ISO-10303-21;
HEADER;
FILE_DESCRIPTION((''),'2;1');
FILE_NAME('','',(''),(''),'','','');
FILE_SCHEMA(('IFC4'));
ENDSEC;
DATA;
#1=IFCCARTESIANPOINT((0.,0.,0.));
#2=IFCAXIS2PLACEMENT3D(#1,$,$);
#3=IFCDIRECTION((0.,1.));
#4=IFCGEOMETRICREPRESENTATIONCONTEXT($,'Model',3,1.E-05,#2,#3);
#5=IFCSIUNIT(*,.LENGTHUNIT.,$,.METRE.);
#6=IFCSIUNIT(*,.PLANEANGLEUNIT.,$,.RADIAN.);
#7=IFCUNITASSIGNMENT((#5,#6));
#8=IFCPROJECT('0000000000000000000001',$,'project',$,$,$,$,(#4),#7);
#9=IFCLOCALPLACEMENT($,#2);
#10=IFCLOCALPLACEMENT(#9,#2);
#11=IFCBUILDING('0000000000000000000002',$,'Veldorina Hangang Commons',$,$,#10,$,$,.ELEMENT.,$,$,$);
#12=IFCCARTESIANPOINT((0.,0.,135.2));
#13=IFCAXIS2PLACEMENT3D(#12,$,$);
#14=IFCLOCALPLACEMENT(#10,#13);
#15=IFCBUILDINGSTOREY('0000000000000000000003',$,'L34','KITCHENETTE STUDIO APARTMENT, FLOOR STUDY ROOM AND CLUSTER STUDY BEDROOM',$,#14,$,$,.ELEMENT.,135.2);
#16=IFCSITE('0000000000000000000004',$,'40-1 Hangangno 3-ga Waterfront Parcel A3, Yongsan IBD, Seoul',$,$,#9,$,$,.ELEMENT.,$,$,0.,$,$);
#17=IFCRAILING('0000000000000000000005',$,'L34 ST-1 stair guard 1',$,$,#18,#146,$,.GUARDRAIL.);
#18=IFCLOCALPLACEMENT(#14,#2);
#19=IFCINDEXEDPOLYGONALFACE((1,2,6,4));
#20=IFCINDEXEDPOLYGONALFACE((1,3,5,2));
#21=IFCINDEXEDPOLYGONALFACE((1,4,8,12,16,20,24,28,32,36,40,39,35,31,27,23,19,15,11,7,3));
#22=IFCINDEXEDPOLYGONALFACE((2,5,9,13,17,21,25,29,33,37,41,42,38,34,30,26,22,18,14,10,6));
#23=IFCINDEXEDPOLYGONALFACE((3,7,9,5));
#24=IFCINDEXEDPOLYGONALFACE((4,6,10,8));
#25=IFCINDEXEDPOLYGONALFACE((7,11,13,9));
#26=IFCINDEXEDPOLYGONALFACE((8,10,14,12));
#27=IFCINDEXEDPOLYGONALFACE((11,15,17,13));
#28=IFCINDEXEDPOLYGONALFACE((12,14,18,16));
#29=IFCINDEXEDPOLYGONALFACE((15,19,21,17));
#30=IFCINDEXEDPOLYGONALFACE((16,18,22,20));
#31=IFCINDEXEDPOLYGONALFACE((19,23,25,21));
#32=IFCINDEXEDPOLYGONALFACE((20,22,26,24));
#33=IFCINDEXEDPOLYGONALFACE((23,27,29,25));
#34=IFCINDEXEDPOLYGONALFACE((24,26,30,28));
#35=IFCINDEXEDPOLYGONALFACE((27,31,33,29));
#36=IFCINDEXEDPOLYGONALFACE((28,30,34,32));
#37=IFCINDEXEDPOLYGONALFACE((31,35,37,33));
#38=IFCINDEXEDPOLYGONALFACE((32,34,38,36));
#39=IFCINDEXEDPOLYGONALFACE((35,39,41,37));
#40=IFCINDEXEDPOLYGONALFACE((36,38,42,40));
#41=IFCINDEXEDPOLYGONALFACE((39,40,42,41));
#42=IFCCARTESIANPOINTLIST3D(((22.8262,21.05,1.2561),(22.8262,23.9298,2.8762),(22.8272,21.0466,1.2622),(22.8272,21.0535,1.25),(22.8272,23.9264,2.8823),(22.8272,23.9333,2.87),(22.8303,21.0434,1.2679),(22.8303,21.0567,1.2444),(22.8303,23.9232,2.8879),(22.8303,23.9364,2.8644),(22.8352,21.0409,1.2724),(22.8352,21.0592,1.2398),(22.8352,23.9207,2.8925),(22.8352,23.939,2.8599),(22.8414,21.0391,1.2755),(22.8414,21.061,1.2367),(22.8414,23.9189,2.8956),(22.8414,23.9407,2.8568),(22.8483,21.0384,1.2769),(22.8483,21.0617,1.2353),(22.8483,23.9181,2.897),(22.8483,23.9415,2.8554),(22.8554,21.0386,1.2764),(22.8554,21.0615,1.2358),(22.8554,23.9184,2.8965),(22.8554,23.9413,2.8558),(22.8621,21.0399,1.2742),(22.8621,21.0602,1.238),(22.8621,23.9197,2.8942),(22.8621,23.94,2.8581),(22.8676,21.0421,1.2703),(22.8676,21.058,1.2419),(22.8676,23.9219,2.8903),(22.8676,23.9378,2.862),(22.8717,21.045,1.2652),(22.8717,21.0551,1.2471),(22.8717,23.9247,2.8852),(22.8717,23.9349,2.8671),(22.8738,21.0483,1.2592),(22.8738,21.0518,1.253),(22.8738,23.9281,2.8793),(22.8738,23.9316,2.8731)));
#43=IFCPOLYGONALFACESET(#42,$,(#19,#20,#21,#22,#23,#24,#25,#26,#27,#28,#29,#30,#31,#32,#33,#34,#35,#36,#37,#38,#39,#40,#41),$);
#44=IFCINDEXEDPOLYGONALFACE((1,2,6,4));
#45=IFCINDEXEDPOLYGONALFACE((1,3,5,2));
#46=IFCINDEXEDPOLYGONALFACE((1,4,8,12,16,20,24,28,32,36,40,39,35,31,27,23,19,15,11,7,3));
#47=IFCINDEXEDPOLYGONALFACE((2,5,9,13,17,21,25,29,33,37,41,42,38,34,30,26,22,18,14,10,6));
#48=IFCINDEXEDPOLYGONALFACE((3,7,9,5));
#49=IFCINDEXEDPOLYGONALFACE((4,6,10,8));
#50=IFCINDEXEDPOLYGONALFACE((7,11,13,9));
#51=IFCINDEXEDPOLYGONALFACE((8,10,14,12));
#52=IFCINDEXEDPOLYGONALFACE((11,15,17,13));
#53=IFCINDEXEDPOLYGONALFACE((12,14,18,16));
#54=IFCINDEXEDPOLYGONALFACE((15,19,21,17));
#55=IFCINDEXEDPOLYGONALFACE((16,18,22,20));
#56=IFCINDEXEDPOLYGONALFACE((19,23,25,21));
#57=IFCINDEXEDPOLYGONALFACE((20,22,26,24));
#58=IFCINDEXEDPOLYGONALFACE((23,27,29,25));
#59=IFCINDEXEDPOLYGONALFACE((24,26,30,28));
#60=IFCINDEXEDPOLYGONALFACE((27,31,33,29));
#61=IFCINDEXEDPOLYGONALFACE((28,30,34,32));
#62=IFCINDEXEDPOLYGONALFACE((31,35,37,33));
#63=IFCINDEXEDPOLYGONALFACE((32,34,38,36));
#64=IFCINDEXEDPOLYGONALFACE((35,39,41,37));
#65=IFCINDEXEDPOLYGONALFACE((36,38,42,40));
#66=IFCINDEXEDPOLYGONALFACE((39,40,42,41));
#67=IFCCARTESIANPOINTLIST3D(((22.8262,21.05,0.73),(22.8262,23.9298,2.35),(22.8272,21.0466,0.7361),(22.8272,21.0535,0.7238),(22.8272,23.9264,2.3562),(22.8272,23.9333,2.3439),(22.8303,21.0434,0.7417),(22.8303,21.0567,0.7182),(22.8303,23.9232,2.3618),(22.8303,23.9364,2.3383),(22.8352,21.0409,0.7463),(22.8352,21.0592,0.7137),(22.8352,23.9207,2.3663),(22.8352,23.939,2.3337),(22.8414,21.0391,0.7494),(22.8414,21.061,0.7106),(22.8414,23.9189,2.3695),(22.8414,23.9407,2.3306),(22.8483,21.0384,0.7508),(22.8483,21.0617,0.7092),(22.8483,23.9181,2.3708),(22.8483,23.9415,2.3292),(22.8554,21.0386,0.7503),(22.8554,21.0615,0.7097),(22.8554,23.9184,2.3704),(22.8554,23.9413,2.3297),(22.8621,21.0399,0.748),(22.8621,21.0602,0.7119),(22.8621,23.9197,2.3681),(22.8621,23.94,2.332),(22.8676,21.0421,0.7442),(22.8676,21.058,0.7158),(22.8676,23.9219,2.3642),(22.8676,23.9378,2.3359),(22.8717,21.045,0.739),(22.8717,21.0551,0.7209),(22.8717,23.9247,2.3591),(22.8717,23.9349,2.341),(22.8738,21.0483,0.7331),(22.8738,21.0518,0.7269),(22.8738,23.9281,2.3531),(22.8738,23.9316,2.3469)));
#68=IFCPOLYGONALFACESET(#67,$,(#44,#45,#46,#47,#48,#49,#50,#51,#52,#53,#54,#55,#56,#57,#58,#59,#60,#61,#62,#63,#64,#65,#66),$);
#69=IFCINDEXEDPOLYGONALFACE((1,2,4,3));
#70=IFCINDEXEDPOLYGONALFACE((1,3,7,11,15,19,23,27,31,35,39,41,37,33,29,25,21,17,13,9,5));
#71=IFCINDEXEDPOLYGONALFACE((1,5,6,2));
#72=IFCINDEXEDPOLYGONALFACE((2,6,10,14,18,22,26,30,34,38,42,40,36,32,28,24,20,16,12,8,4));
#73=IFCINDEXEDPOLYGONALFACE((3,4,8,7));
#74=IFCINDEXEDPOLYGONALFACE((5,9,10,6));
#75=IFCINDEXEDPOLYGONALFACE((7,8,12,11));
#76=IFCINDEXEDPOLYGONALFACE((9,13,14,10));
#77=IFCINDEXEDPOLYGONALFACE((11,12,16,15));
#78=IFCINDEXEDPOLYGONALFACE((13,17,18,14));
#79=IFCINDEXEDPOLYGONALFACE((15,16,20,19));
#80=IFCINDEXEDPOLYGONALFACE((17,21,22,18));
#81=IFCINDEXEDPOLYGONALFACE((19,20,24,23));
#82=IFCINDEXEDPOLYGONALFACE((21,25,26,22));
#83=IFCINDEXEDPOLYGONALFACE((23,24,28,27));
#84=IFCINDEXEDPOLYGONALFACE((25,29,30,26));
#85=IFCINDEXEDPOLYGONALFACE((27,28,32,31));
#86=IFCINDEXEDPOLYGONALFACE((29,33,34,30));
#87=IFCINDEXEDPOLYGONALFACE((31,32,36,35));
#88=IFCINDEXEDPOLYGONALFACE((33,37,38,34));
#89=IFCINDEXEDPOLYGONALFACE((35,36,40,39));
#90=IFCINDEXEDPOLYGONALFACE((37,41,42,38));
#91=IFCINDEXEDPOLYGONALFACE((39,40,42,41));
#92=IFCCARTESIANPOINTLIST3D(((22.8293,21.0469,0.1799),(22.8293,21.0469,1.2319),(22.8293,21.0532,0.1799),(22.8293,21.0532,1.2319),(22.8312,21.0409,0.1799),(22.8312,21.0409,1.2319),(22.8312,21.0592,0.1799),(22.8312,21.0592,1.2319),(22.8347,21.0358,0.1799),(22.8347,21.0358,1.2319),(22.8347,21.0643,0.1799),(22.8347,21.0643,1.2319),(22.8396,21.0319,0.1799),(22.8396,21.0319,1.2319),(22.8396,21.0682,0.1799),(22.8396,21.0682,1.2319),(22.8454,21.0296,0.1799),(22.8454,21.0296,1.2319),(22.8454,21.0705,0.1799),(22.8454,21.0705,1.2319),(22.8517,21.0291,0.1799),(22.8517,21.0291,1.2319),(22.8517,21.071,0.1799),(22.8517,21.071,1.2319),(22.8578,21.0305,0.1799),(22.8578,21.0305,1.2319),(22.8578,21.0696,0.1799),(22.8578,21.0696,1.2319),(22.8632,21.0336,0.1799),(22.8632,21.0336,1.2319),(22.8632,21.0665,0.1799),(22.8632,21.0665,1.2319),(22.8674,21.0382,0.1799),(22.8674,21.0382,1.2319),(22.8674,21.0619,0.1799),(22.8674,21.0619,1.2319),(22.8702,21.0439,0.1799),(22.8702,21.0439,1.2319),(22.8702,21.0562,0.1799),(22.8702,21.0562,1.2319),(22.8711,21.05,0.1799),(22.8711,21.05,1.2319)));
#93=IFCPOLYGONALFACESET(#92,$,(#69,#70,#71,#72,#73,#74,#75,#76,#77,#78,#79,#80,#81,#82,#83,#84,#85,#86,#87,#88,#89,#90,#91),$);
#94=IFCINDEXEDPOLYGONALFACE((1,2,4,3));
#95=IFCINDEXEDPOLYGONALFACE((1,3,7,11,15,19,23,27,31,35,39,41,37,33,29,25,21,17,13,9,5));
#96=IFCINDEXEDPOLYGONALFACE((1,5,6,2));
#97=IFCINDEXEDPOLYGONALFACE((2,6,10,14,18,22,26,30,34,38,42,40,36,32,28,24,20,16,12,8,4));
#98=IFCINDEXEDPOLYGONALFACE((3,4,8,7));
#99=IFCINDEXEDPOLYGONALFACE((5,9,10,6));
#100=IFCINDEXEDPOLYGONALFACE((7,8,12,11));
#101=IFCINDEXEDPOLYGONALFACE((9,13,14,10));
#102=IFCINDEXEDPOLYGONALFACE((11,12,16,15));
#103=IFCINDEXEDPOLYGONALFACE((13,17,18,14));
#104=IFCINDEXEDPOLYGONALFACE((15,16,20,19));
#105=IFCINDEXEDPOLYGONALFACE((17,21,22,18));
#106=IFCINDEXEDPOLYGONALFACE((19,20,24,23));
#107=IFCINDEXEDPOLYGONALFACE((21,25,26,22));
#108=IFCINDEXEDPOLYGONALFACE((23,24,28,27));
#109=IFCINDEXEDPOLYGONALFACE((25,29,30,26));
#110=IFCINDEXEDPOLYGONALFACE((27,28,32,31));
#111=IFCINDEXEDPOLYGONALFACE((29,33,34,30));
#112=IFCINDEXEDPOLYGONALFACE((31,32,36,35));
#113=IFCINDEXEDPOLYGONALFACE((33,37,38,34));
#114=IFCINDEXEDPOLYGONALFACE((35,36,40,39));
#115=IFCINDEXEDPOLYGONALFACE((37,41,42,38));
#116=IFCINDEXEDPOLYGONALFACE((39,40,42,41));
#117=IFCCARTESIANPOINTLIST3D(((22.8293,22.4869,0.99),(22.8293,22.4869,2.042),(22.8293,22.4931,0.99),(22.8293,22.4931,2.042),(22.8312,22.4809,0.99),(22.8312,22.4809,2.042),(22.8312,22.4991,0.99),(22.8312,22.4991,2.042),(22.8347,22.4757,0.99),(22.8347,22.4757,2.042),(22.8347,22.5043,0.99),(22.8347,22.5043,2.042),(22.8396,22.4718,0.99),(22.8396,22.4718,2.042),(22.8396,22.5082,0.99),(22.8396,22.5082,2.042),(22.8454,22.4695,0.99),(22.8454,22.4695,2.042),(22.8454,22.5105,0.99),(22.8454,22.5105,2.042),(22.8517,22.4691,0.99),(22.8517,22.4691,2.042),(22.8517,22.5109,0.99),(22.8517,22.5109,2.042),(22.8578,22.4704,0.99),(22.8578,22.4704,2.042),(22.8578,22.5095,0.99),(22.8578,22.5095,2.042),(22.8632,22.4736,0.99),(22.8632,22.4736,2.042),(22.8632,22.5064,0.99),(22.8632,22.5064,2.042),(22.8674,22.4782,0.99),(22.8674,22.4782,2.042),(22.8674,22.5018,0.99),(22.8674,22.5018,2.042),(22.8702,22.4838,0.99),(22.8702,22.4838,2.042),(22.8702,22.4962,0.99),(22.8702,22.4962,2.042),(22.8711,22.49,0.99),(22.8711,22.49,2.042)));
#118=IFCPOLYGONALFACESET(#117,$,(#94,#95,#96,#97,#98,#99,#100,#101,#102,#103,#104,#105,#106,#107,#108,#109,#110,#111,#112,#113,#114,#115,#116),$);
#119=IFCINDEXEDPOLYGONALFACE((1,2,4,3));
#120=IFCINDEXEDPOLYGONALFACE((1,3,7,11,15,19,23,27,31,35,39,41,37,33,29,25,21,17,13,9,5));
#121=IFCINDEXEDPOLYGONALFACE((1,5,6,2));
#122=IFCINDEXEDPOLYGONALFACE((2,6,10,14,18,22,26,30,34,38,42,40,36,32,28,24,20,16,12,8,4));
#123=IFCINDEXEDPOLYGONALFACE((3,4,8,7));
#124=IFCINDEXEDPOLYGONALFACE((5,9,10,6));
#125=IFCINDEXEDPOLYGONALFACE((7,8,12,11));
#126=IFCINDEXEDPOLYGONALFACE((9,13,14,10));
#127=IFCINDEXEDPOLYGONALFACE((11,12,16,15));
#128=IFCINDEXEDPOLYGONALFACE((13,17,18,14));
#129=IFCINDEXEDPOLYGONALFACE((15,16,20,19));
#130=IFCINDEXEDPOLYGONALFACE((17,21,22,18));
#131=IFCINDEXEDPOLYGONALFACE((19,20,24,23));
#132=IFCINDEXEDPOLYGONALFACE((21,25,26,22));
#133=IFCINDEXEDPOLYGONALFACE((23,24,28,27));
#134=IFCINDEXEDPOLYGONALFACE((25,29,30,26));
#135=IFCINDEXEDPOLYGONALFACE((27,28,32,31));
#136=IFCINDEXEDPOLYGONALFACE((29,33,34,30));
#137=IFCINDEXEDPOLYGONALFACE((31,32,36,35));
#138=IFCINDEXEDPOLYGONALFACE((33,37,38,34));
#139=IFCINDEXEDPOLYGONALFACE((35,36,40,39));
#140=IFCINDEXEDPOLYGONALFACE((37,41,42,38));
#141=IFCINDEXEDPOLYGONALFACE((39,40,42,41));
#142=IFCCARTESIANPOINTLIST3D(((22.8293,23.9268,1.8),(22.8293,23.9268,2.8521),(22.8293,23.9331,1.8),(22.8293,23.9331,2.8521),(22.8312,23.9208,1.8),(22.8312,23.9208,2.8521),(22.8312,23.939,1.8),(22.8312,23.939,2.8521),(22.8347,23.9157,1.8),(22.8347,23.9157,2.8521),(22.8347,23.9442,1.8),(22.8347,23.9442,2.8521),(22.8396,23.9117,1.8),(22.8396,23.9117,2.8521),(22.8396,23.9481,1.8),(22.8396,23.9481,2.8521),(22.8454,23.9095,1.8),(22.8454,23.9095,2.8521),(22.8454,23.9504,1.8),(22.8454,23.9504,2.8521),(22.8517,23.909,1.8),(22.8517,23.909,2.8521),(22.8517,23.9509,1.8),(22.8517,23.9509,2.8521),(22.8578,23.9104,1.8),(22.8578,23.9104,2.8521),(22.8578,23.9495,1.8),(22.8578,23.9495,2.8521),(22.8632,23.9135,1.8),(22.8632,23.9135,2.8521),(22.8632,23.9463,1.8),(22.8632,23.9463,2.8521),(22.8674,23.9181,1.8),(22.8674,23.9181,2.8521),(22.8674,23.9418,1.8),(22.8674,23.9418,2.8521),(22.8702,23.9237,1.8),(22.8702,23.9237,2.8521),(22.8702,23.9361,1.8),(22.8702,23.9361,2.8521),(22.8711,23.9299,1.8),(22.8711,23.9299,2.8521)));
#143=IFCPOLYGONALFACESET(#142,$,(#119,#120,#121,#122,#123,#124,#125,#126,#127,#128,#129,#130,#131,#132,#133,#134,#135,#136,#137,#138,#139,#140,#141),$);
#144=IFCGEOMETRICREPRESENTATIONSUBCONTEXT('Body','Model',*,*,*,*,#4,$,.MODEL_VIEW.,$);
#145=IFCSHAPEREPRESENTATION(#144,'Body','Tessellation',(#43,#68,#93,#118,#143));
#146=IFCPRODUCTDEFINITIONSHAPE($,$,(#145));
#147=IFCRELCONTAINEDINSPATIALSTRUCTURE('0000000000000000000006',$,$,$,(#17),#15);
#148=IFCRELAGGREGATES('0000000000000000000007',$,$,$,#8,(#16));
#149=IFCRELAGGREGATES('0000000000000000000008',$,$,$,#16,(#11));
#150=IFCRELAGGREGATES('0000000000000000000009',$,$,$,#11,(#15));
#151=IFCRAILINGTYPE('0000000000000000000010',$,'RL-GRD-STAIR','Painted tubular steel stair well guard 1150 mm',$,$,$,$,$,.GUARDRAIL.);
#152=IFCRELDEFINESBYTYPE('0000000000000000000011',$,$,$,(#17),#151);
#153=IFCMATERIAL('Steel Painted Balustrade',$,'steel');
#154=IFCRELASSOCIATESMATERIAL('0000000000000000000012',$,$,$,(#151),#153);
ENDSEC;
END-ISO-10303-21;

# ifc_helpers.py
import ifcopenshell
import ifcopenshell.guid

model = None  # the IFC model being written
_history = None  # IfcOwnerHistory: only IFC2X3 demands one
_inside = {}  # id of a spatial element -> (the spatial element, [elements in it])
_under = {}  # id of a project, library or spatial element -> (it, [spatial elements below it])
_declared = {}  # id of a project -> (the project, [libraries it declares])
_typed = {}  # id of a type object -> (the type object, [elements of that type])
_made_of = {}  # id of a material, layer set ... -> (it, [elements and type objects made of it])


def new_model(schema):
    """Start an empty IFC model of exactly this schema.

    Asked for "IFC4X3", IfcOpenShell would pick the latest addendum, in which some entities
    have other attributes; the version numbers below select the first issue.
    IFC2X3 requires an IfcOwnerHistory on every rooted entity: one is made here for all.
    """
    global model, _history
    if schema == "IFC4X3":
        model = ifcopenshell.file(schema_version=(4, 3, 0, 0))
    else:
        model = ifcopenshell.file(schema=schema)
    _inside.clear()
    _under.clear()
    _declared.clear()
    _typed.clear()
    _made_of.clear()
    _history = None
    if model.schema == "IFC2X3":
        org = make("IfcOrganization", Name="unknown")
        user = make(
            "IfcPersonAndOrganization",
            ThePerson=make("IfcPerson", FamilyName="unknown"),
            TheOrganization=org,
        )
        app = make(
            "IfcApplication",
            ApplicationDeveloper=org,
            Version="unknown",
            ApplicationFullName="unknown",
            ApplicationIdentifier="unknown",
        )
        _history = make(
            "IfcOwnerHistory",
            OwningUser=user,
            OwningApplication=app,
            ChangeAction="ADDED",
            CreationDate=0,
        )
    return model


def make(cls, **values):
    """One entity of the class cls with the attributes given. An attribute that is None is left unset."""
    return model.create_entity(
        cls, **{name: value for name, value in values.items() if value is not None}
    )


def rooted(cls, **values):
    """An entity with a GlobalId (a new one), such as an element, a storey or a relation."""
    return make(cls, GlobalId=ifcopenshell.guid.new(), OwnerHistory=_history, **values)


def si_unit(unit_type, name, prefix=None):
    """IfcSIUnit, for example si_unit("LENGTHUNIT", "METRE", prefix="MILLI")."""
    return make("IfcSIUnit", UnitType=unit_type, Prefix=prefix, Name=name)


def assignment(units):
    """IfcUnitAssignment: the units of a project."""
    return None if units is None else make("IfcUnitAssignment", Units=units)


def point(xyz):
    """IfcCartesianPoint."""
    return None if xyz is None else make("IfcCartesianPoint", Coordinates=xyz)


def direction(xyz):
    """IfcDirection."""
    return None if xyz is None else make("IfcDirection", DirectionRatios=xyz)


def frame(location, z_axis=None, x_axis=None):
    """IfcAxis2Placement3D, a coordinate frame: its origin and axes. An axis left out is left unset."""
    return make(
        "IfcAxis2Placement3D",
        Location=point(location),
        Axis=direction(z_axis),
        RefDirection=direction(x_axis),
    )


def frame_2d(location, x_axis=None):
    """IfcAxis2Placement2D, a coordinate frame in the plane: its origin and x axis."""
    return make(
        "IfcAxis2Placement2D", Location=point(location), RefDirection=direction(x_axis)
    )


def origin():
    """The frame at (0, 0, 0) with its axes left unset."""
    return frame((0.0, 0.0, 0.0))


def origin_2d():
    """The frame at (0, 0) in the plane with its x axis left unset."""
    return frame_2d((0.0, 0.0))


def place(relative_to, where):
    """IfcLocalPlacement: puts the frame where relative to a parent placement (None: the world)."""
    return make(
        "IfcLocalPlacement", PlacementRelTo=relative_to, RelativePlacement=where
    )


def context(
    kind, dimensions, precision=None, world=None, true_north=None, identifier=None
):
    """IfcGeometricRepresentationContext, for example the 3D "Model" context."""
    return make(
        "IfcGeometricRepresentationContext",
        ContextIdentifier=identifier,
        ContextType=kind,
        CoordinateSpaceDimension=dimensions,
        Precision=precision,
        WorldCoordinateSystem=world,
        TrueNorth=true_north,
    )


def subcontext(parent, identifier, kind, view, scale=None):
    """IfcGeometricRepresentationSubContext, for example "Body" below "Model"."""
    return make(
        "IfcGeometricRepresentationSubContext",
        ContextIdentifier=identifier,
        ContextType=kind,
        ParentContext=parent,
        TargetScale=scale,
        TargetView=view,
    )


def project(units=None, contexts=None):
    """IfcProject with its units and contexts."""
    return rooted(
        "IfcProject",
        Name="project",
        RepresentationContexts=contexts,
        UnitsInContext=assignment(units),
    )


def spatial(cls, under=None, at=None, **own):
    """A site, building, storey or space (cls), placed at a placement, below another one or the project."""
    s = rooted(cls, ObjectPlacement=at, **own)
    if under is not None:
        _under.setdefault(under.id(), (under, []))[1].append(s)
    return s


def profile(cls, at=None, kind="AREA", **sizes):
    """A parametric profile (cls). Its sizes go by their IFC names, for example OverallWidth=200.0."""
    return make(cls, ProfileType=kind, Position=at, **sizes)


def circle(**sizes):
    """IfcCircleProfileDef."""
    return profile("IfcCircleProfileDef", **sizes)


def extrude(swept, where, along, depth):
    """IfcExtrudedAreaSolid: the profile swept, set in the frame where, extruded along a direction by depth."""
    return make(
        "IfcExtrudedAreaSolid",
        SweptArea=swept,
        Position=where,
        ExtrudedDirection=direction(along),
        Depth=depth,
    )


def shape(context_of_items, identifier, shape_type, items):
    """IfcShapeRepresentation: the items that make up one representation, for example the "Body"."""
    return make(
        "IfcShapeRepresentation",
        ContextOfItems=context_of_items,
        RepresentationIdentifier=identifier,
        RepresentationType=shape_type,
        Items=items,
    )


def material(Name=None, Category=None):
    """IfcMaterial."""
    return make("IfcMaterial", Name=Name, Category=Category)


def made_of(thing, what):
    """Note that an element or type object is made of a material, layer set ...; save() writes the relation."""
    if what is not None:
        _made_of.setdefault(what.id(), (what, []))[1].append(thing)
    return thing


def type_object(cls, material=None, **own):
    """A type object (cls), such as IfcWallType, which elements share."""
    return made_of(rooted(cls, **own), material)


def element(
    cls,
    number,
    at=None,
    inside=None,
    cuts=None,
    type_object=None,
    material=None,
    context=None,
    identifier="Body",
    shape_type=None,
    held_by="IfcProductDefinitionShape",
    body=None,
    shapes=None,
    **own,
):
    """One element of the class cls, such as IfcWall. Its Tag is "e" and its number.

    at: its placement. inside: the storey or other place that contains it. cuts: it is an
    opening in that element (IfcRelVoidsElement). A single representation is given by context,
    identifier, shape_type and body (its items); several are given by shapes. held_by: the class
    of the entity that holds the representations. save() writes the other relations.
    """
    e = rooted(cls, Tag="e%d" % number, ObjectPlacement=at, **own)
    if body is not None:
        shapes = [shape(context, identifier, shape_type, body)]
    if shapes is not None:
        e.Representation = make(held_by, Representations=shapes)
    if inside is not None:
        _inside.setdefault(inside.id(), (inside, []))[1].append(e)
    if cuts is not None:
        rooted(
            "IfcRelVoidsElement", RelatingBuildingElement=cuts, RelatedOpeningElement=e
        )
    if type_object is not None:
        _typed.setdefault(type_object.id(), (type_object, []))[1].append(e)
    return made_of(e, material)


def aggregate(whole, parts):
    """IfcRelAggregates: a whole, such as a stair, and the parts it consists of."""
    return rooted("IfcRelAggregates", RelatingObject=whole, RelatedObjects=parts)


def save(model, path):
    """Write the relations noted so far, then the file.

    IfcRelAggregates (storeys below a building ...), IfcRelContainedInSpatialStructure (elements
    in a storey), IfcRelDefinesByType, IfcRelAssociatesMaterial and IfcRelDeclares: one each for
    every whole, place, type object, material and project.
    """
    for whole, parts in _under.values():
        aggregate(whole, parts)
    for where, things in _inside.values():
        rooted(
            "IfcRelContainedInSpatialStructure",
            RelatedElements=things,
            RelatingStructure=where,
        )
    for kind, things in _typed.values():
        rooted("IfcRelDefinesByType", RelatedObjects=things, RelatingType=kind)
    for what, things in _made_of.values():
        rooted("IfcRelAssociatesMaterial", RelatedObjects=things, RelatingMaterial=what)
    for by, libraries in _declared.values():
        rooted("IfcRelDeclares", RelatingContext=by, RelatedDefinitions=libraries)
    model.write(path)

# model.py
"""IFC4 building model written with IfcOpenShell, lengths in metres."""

from ifc_helpers import new_model, si_unit, direction, frame, origin, origin_2d, place, context, subcontext, project, spatial, circle, extrude, material, type_object, element, save


model = new_model("IFC4")

# Units and contexts
model_context = context("Model", 3, precision=1e-05, world=origin(), true_north=direction((0.0, 1.0)))
body_context = subcontext(model_context, "Body", "Model", "MODEL_VIEW")
ifc_project = project(units=[si_unit("LENGTHUNIT", "METRE"), si_unit("PLANEANGLEUNIT", "RADIAN")], contexts=[model_context])

# Site, building, storey
site_placement = place(None, origin())
site = spatial("IfcSite", under=ifc_project, at=site_placement, Name="40-1 Hangangno 3-ga Waterfront Parcel A3, Yongsan IBD, Seoul", CompositionType="ELEMENT", RefElevation=0.0)
building_placement = place(site_placement, origin())
building = spatial("IfcBuilding", under=site, at=building_placement, Name="Veldorina Hangang Commons", CompositionType="ELEMENT")
storey_placement = place(building_placement, frame((0.0, 0.0, 135.2)))
storey = spatial("IfcBuildingStorey", under=building, at=storey_placement, Name="L34", Description="KITCHENETTE STUDIO APARTMENT, FLOOR STUDY ROOM AND CLUSTER STUDY BEDROOM", CompositionType="ELEMENT", Elevation=135.2)

# Railing
ifc_material_1 = material(Name="Steel Painted Balustrade", Category="steel")
railing_type_1 = type_object("IfcRailingType", Name="RL-GRD-STAIR", Description="Painted tubular steel stair well guard 1150 mm", PredefinedType="GUARDRAIL", material=ifc_material_1)
railing_1_placement = place(storey_placement, frame((22.8501, 21.05, 0.1799)))
element("IfcRailing", 1, at=railing_1_placement, inside=storey, type_object=railing_type_1, Name="L34 ST-1 stair guard 1", PredefinedType="GUARDRAIL", context=body_context, shape_type="SweptSolid", body=[
    extrude(circle(Radius=0.0239, at=origin_2d()), frame((0.0, 0.0, 1.0762), z_axis=(0.0, 0.871552, 0.490303), x_axis=(-1.0, 0.0, 0.0)), (0.0, 0.0, 1.0), 3.3042),
    extrude(circle(Radius=0.0239, at=origin_2d()), frame((0.0, 0.0, 0.55), z_axis=(0.0, 0.871552, 0.490303), x_axis=(-1.0, 0.0, 0.0)), (0.0, 0.0, 1.0), 3.3042),
    extrude(circle(Radius=0.021, at=origin_2d()), origin(), (0.0, 0.0, 1.0), 1.052),
    extrude(circle(Radius=0.021, at=origin_2d()), frame((0.0, 1.4399, 0.8101)), (0.0, 0.0, 1.0), 1.052),
    extrude(circle(Radius=0.021, at=origin_2d()), frame((0.0, 2.8799, 1.6201)), (0.0, 0.0, 1.0), 1.052),
])

save(model, "model.ifc")
